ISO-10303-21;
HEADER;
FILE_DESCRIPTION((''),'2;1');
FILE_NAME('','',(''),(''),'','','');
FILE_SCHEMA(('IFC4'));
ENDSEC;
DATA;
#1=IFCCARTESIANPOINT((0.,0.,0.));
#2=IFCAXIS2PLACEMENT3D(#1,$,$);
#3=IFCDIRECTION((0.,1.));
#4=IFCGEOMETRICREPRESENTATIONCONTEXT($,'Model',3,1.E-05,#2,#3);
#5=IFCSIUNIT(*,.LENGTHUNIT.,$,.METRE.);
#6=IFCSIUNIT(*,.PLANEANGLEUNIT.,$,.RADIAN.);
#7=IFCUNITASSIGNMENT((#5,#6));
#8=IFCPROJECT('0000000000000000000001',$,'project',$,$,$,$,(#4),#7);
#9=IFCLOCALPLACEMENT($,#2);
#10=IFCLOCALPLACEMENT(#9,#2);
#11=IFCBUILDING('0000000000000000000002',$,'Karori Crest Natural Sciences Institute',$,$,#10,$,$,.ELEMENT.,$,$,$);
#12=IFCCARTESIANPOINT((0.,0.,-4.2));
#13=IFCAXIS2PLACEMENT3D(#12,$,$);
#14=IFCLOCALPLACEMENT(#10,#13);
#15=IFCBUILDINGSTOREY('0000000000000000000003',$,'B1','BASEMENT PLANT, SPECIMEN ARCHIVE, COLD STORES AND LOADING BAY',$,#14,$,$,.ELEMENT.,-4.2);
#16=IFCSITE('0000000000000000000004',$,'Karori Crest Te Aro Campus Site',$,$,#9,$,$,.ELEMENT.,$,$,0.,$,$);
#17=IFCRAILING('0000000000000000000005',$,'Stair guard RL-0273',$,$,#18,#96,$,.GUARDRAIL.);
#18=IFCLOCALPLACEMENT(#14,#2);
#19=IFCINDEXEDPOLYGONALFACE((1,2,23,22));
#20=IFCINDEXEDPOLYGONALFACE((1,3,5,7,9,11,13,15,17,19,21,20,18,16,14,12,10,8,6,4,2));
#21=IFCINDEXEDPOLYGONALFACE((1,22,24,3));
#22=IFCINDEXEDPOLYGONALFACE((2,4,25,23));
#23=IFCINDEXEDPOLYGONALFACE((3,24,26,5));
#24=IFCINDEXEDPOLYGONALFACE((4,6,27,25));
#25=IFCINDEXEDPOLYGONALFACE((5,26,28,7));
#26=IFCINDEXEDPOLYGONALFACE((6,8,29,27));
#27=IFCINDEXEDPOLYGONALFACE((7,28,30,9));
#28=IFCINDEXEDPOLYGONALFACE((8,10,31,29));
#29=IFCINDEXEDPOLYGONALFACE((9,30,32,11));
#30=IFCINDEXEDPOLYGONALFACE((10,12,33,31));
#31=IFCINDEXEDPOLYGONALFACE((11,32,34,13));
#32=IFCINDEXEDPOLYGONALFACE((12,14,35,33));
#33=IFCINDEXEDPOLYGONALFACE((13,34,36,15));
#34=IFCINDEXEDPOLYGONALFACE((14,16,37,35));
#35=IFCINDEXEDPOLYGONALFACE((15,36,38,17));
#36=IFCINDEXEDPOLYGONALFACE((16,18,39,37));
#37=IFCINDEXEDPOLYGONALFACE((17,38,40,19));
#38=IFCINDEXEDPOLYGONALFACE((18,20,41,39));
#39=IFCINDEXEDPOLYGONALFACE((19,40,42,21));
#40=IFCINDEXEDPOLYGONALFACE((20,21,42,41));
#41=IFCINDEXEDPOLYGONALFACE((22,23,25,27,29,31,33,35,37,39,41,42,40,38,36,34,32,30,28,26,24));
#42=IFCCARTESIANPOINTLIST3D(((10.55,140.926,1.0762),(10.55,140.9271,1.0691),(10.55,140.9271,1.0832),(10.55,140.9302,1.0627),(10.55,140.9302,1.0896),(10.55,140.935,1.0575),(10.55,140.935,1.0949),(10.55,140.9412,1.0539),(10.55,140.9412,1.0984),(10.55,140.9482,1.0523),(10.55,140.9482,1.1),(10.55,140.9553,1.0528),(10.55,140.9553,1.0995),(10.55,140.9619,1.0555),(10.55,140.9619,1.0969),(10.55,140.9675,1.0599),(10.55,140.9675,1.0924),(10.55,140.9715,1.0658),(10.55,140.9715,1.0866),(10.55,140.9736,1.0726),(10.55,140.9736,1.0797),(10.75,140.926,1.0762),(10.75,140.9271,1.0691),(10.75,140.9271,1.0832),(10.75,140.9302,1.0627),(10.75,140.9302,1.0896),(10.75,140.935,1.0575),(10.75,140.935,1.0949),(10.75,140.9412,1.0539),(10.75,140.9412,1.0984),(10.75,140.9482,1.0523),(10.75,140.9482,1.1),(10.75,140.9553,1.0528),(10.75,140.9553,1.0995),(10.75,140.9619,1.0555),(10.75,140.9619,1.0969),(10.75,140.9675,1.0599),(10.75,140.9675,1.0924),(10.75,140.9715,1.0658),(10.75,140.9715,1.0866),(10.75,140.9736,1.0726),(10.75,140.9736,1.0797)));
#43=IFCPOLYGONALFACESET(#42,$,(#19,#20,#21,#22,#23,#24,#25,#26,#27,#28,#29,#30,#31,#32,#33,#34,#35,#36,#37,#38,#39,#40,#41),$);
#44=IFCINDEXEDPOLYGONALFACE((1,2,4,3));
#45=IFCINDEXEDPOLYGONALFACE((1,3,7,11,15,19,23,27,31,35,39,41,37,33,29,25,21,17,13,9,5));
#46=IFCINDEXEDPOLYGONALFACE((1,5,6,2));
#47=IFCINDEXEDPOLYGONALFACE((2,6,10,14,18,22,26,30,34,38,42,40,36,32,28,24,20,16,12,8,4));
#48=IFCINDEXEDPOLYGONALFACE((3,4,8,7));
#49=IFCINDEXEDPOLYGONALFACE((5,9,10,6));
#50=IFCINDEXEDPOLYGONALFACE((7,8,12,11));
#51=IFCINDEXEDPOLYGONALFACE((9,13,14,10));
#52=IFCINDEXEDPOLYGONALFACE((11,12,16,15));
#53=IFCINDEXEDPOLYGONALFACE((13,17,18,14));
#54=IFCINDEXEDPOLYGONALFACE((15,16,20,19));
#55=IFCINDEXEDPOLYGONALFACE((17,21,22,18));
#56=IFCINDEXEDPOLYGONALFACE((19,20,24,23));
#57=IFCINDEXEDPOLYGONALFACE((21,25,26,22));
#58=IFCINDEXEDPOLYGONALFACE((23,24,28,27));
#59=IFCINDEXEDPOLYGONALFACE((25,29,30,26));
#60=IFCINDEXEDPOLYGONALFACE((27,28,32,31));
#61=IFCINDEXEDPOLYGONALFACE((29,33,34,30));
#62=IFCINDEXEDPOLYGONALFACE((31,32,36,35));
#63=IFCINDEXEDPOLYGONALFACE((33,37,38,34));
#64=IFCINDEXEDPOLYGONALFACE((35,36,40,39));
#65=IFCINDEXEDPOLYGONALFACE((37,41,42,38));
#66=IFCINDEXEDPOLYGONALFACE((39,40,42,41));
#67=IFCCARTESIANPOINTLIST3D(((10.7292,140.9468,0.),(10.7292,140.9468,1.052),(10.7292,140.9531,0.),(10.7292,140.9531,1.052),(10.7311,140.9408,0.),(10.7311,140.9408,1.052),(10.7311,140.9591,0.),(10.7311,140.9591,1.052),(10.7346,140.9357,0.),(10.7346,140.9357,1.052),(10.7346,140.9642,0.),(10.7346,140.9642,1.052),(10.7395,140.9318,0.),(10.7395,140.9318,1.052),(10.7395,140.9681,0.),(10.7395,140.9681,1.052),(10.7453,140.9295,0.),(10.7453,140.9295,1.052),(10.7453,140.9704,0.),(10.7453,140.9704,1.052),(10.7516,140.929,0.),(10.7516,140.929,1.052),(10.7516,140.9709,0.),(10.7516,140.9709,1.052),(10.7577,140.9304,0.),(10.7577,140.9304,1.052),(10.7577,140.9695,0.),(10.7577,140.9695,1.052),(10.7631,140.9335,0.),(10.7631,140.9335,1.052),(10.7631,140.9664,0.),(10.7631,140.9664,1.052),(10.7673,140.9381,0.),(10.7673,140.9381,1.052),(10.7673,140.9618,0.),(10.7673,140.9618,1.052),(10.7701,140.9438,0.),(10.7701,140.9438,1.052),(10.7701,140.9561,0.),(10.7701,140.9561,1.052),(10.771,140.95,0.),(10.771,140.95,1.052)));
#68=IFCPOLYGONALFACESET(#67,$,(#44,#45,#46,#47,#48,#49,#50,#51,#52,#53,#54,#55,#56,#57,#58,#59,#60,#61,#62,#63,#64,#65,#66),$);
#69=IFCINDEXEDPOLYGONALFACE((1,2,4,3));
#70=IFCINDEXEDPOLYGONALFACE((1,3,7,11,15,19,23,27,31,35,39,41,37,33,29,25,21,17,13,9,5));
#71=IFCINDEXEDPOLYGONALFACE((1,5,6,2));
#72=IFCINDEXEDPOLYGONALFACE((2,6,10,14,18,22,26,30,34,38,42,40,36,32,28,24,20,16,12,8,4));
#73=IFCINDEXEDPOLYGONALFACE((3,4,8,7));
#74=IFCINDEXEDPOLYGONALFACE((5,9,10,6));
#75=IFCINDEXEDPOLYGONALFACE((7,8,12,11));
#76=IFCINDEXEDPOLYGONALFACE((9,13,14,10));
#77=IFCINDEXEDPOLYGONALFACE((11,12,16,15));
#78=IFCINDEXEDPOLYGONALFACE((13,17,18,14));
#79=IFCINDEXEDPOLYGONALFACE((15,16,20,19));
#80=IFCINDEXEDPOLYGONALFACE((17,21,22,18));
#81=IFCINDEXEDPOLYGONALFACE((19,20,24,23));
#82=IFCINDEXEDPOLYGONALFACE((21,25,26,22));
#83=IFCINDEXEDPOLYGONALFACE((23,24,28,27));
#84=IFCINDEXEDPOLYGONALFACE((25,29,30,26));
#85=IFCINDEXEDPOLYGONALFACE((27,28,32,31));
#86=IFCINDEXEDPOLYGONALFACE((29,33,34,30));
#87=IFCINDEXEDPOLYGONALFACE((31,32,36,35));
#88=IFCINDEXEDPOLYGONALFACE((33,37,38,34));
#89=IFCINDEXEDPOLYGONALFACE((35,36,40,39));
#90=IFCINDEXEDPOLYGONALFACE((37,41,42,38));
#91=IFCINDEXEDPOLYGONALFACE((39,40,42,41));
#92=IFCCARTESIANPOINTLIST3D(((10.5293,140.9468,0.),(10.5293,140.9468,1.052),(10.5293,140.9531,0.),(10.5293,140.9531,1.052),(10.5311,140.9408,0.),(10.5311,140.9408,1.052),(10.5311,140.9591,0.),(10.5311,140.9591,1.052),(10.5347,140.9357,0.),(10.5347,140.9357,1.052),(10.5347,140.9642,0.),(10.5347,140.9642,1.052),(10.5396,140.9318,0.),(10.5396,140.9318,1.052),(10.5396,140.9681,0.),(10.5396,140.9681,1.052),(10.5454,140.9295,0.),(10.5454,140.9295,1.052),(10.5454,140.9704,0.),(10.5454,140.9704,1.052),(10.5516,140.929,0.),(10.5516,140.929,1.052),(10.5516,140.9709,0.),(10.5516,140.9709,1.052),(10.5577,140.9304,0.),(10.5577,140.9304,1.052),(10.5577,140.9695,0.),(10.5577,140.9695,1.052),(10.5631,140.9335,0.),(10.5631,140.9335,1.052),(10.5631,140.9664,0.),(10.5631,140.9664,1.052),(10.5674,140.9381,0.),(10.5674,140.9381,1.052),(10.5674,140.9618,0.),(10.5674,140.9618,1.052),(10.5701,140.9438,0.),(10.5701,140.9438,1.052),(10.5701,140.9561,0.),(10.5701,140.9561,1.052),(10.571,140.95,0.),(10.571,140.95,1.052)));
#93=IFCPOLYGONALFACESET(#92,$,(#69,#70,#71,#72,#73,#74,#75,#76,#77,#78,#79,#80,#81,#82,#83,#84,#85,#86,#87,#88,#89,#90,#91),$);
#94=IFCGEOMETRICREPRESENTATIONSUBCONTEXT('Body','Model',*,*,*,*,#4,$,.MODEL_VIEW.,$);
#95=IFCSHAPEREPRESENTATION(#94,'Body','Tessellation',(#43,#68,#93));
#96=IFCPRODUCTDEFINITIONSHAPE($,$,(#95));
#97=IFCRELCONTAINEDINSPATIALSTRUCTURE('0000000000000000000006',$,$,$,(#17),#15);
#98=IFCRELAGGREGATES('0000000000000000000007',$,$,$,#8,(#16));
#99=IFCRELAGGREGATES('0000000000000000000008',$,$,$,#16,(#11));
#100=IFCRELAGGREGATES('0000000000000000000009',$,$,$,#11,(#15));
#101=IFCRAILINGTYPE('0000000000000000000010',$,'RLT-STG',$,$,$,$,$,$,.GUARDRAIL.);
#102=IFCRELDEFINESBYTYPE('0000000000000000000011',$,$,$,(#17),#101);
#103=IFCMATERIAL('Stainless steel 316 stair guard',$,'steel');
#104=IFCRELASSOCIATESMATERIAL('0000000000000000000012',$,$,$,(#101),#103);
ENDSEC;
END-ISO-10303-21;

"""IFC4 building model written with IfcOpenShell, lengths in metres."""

from ifc_helpers import new_model, si_unit, direction, frame, origin, origin_2d, place, context, subcontext, project, spatial, circle, extrude, material, type_object, element, save


model = new_model("IFC4")

# Units and contexts
model_context = context("Model", 3, precision=1e-05, world=origin(), true_north=direction((0.0, 1.0)))
body_context = subcontext(model_context, "Body", "Model", "MODEL_VIEW")
ifc_project = project(units=[si_unit("LENGTHUNIT", "METRE"), si_unit("PLANEANGLEUNIT", "RADIAN")], contexts=[model_context])

# Site, building, storey
site_placement = place(None, origin())
site = spatial("IfcSite", under=ifc_project, at=site_placement, Name="Karori Crest Te Aro Campus Site", CompositionType="ELEMENT", RefElevation=0.0)
building_placement = place(site_placement, origin())
building = spatial("IfcBuilding", under=site, at=building_placement, Name="Karori Crest Natural Sciences Institute", CompositionType="ELEMENT")
storey_placement = place(building_placement, frame((0.0, 0.0, -4.2)))
storey = spatial("IfcBuildingStorey", under=building, at=storey_placement, Name="B1", Description="BASEMENT PLANT, SPECIMEN ARCHIVE, COLD STORES AND LOADING BAY", CompositionType="ELEMENT", Elevation=-4.2)

# Railing
ifc_material_1 = material(Name="Stainless steel 316 stair guard", Category="steel")
railing_type_1 = type_object("IfcRailingType", Name="RLT-STG", PredefinedType="GUARDRAIL", material=ifc_material_1)
railing_1_placement = place(storey_placement, frame((10.75, 140.95, 0.0)))
element("IfcRailing", 1, at=railing_1_placement, inside=storey, type_object=railing_type_1, Name="Stair guard RL-0273", PredefinedType="GUARDRAIL", context=body_context, shape_type="SweptSolid", body=[
    extrude(circle(Radius=0.0239, at=origin_2d()), frame((0.0, 0.0, 1.0762), z_axis=(-1.0, 0.0, 0.0), x_axis=(0.0, -1.0, 0.0)), (0.0, 0.0, 1.0), 0.2),
    extrude(circle(Radius=0.021, at=origin_2d()), origin(), (0.0, 0.0, 1.0), 1.052),
    extrude(circle(Radius=0.021, at=origin_2d()), frame((-0.2, 0.0, 0.0)), (0.0, 0.0, 1.0), 1.052),
])

save(model, "model.ifc")
